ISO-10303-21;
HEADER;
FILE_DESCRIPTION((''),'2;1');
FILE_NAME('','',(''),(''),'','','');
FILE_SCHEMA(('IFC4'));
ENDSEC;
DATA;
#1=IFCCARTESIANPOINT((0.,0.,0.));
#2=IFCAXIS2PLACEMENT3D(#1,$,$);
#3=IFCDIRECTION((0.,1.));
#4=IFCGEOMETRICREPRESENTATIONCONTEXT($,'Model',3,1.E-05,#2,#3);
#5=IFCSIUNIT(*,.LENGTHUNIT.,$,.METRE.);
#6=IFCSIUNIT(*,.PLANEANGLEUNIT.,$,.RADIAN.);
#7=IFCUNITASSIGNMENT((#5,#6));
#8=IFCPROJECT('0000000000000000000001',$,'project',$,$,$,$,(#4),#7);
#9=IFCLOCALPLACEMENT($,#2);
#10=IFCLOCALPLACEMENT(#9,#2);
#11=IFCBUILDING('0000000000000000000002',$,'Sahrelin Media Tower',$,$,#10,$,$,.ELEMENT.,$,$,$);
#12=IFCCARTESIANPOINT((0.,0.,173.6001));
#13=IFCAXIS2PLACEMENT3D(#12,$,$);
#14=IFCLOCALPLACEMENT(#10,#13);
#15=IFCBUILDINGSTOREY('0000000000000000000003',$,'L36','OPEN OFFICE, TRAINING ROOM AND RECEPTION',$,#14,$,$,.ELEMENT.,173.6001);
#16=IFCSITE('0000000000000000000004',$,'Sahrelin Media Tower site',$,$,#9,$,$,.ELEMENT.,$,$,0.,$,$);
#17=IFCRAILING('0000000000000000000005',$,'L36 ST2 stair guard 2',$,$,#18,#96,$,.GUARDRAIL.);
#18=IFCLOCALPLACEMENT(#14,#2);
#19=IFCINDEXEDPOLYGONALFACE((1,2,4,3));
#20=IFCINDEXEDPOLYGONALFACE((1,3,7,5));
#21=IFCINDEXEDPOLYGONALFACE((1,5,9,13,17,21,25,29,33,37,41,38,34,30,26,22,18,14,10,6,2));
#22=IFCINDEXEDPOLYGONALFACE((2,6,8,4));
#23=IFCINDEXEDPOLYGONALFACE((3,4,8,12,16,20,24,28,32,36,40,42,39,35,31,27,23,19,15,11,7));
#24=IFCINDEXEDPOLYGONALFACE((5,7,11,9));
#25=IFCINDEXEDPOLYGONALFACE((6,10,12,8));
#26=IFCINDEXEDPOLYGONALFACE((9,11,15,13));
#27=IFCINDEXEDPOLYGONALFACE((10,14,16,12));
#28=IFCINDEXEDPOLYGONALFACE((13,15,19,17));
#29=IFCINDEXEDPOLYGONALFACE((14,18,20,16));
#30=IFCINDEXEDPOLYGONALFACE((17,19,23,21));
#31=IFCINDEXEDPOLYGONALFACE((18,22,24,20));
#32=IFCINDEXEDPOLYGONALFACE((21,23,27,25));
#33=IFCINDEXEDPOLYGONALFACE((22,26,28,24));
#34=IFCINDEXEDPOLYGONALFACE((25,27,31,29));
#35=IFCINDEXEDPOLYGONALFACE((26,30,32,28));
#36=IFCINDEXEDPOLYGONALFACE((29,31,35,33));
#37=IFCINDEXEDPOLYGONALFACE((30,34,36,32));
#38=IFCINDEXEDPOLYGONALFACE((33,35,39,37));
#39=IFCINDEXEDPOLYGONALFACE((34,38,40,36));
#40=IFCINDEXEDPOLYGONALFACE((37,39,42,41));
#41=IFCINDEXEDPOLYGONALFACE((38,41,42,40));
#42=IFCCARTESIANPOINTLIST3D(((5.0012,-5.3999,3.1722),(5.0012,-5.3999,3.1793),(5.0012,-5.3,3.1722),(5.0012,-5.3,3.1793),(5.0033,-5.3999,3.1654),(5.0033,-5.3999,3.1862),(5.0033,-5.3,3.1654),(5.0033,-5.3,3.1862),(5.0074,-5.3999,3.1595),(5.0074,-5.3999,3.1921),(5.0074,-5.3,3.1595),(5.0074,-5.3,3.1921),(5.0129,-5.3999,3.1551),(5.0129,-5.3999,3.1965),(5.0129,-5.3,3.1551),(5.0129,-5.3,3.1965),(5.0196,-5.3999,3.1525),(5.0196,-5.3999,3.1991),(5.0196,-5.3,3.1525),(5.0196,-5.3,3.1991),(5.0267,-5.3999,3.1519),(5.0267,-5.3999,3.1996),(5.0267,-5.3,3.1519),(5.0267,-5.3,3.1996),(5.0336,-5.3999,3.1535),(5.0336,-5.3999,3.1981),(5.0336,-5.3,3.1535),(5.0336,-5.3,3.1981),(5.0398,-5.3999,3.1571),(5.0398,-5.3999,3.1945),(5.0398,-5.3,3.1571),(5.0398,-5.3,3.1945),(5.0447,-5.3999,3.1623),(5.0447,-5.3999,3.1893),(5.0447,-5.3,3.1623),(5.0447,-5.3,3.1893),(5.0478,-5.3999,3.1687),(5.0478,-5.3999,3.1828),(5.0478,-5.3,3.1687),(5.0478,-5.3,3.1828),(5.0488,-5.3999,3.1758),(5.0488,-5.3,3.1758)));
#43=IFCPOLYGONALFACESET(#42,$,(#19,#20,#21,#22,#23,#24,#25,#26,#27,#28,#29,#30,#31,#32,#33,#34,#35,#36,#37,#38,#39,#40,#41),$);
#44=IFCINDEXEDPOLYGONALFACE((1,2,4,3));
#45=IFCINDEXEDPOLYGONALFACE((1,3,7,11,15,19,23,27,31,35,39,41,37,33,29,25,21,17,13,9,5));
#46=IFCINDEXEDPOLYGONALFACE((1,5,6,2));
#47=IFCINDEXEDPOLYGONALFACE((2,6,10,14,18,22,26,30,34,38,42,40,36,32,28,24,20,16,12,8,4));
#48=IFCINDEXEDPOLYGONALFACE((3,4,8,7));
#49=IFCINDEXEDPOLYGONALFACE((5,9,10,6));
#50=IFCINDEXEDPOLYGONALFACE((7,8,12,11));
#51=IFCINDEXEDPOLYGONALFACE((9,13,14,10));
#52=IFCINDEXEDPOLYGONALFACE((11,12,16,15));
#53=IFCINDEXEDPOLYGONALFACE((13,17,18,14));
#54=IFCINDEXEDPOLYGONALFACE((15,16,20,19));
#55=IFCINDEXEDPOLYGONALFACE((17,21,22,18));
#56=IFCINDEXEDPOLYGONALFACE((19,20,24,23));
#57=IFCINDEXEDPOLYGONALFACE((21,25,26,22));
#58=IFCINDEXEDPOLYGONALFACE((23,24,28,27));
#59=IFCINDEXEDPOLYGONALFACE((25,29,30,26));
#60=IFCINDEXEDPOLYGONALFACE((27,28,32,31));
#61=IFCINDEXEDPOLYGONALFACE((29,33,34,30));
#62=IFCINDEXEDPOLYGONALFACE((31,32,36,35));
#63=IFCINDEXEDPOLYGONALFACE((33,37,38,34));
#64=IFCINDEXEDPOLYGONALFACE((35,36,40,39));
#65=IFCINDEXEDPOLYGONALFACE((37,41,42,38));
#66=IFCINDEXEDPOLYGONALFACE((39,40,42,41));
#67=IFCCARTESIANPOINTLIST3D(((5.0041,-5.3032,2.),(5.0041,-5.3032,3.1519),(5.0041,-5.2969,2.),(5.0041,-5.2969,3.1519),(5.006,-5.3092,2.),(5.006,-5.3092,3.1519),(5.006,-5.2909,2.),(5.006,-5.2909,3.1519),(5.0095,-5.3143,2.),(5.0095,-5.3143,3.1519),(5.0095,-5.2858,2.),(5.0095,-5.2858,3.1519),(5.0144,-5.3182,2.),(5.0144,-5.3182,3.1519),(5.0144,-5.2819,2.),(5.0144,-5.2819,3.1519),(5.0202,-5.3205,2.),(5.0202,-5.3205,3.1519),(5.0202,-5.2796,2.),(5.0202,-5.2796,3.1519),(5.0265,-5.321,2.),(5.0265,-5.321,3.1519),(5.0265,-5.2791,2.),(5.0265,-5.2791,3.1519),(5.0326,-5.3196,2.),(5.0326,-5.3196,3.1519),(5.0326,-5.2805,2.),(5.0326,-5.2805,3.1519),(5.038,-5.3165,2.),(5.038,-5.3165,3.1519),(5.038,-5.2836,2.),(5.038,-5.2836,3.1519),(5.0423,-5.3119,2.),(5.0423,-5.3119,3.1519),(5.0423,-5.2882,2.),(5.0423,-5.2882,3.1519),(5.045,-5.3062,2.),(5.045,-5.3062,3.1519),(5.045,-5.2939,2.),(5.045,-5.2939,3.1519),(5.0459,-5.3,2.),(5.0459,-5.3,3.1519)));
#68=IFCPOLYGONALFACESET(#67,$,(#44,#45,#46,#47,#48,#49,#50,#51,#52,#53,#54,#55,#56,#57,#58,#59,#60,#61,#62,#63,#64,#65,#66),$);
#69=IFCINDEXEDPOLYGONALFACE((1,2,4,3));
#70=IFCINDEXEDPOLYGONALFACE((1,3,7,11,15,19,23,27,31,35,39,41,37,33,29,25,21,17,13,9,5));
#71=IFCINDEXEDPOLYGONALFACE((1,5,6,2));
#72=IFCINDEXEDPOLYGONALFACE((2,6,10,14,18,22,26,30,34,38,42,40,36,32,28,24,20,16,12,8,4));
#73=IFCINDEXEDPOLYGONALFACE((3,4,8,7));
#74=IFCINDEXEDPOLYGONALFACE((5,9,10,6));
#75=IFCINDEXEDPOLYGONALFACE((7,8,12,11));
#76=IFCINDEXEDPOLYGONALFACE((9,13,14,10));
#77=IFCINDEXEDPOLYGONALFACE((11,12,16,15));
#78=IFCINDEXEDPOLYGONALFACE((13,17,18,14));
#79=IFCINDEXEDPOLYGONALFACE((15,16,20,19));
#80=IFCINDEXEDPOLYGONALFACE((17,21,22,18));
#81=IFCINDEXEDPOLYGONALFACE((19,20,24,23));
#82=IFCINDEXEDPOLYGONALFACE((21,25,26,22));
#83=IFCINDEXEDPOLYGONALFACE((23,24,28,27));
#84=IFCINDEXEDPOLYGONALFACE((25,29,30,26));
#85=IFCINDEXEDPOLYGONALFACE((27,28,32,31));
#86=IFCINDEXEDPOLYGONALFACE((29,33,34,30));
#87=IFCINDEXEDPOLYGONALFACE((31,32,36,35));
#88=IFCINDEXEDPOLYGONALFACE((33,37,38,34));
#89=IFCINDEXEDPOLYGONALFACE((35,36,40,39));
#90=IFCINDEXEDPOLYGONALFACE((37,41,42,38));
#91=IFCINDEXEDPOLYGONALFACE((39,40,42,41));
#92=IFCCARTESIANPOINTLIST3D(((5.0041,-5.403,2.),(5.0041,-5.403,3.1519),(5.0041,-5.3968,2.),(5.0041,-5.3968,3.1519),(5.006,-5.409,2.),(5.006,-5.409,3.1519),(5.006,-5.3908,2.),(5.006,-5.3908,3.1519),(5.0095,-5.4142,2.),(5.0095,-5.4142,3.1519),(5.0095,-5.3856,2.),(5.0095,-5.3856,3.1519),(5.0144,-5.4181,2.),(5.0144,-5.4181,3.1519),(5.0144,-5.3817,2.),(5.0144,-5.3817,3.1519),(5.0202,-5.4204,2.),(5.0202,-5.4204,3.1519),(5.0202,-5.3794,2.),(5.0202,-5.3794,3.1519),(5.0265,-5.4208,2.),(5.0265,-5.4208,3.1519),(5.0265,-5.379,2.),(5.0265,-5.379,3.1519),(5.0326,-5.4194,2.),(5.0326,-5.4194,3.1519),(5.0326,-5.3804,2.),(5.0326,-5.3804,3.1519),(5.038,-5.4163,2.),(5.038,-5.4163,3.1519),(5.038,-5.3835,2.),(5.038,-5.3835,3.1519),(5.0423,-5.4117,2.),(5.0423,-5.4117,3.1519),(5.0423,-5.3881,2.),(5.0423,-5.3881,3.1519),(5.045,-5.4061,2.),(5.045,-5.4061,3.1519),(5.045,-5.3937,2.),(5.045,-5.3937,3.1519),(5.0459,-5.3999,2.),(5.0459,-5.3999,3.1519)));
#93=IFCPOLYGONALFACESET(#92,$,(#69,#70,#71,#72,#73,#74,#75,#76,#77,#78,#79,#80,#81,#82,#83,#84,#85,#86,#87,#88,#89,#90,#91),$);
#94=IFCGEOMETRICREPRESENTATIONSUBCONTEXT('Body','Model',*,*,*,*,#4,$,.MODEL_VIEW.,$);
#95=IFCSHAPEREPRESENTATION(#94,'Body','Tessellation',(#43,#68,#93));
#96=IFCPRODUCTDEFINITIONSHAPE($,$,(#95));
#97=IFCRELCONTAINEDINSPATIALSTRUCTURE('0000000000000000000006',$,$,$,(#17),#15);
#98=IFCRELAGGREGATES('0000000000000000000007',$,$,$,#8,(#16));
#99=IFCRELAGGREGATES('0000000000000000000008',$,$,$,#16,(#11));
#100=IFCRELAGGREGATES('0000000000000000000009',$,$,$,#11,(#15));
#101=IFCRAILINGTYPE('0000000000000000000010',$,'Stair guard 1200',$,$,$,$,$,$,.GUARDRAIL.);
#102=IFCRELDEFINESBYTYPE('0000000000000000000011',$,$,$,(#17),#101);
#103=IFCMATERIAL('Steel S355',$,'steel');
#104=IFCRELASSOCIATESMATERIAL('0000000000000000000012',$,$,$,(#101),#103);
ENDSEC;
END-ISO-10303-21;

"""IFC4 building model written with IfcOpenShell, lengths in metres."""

from ifc_helpers import new_model, si_unit, direction, frame, origin, origin_2d, place, context, subcontext, project, spatial, circle, extrude, material, type_object, element, save


model = new_model("IFC4")

# Units and contexts
model_context = context("Model", 3, precision=1e-05, world=origin(), true_north=direction((0.0, 1.0)))
body_context = subcontext(model_context, "Body", "Model", "MODEL_VIEW")
ifc_project = project(units=[si_unit("LENGTHUNIT", "METRE"), si_unit("PLANEANGLEUNIT", "RADIAN")], contexts=[model_context])

# Site, building, storey
site_placement = place(None, origin())
site = spatial("IfcSite", under=ifc_project, at=site_placement, Name="Sahrelin Media Tower site", CompositionType="ELEMENT", RefElevation=0.0)
building_placement = place(site_placement, origin())
building = spatial("IfcBuilding", under=site, at=building_placement, Name="Sahrelin Media Tower", CompositionType="ELEMENT")
storey_placement = place(building_placement, frame((0.0, 0.0, 173.6001)))
storey = spatial("IfcBuildingStorey", under=building, at=storey_placement, Name="L36", Description="OPEN OFFICE, TRAINING ROOM AND RECEPTION", CompositionType="ELEMENT", Elevation=173.6001)

# Shared definitions
ifc_material_1 = material(Name="Steel S355", Category="steel")

# Railing
railing_type_1 = type_object("IfcRailingType", Name="Stair guard 1200", PredefinedType="GUARDRAIL", material=ifc_material_1)
railing_1_placement = place(storey_placement, frame((5.0249, -5.3, 2.0)))
element("IfcRailing", 1, at=railing_1_placement, inside=storey, type_object=railing_type_1, Name="L36 ST2 stair guard 2", PredefinedType="GUARDRAIL", context=body_context, shape_type="SweptSolid", body=[
    extrude(circle(Radius=0.0239, at=origin_2d()), frame((0.0, 0.0, 1.1758), z_axis=(0.0, -1.0, 0.0), x_axis=(1.0, 0.0, 0.0)), (0.0, 0.0, 1.0), 0.0999),
    extrude(circle(Radius=0.021, at=origin_2d()), origin(), (0.0, 0.0, 1.0), 1.1519),
    extrude(circle(Radius=0.021, at=origin_2d()), frame((0.0, -0.0999, 0.0)), (0.0, 0.0, 1.0), 1.1519),
])

save(model, "model.ifc")
